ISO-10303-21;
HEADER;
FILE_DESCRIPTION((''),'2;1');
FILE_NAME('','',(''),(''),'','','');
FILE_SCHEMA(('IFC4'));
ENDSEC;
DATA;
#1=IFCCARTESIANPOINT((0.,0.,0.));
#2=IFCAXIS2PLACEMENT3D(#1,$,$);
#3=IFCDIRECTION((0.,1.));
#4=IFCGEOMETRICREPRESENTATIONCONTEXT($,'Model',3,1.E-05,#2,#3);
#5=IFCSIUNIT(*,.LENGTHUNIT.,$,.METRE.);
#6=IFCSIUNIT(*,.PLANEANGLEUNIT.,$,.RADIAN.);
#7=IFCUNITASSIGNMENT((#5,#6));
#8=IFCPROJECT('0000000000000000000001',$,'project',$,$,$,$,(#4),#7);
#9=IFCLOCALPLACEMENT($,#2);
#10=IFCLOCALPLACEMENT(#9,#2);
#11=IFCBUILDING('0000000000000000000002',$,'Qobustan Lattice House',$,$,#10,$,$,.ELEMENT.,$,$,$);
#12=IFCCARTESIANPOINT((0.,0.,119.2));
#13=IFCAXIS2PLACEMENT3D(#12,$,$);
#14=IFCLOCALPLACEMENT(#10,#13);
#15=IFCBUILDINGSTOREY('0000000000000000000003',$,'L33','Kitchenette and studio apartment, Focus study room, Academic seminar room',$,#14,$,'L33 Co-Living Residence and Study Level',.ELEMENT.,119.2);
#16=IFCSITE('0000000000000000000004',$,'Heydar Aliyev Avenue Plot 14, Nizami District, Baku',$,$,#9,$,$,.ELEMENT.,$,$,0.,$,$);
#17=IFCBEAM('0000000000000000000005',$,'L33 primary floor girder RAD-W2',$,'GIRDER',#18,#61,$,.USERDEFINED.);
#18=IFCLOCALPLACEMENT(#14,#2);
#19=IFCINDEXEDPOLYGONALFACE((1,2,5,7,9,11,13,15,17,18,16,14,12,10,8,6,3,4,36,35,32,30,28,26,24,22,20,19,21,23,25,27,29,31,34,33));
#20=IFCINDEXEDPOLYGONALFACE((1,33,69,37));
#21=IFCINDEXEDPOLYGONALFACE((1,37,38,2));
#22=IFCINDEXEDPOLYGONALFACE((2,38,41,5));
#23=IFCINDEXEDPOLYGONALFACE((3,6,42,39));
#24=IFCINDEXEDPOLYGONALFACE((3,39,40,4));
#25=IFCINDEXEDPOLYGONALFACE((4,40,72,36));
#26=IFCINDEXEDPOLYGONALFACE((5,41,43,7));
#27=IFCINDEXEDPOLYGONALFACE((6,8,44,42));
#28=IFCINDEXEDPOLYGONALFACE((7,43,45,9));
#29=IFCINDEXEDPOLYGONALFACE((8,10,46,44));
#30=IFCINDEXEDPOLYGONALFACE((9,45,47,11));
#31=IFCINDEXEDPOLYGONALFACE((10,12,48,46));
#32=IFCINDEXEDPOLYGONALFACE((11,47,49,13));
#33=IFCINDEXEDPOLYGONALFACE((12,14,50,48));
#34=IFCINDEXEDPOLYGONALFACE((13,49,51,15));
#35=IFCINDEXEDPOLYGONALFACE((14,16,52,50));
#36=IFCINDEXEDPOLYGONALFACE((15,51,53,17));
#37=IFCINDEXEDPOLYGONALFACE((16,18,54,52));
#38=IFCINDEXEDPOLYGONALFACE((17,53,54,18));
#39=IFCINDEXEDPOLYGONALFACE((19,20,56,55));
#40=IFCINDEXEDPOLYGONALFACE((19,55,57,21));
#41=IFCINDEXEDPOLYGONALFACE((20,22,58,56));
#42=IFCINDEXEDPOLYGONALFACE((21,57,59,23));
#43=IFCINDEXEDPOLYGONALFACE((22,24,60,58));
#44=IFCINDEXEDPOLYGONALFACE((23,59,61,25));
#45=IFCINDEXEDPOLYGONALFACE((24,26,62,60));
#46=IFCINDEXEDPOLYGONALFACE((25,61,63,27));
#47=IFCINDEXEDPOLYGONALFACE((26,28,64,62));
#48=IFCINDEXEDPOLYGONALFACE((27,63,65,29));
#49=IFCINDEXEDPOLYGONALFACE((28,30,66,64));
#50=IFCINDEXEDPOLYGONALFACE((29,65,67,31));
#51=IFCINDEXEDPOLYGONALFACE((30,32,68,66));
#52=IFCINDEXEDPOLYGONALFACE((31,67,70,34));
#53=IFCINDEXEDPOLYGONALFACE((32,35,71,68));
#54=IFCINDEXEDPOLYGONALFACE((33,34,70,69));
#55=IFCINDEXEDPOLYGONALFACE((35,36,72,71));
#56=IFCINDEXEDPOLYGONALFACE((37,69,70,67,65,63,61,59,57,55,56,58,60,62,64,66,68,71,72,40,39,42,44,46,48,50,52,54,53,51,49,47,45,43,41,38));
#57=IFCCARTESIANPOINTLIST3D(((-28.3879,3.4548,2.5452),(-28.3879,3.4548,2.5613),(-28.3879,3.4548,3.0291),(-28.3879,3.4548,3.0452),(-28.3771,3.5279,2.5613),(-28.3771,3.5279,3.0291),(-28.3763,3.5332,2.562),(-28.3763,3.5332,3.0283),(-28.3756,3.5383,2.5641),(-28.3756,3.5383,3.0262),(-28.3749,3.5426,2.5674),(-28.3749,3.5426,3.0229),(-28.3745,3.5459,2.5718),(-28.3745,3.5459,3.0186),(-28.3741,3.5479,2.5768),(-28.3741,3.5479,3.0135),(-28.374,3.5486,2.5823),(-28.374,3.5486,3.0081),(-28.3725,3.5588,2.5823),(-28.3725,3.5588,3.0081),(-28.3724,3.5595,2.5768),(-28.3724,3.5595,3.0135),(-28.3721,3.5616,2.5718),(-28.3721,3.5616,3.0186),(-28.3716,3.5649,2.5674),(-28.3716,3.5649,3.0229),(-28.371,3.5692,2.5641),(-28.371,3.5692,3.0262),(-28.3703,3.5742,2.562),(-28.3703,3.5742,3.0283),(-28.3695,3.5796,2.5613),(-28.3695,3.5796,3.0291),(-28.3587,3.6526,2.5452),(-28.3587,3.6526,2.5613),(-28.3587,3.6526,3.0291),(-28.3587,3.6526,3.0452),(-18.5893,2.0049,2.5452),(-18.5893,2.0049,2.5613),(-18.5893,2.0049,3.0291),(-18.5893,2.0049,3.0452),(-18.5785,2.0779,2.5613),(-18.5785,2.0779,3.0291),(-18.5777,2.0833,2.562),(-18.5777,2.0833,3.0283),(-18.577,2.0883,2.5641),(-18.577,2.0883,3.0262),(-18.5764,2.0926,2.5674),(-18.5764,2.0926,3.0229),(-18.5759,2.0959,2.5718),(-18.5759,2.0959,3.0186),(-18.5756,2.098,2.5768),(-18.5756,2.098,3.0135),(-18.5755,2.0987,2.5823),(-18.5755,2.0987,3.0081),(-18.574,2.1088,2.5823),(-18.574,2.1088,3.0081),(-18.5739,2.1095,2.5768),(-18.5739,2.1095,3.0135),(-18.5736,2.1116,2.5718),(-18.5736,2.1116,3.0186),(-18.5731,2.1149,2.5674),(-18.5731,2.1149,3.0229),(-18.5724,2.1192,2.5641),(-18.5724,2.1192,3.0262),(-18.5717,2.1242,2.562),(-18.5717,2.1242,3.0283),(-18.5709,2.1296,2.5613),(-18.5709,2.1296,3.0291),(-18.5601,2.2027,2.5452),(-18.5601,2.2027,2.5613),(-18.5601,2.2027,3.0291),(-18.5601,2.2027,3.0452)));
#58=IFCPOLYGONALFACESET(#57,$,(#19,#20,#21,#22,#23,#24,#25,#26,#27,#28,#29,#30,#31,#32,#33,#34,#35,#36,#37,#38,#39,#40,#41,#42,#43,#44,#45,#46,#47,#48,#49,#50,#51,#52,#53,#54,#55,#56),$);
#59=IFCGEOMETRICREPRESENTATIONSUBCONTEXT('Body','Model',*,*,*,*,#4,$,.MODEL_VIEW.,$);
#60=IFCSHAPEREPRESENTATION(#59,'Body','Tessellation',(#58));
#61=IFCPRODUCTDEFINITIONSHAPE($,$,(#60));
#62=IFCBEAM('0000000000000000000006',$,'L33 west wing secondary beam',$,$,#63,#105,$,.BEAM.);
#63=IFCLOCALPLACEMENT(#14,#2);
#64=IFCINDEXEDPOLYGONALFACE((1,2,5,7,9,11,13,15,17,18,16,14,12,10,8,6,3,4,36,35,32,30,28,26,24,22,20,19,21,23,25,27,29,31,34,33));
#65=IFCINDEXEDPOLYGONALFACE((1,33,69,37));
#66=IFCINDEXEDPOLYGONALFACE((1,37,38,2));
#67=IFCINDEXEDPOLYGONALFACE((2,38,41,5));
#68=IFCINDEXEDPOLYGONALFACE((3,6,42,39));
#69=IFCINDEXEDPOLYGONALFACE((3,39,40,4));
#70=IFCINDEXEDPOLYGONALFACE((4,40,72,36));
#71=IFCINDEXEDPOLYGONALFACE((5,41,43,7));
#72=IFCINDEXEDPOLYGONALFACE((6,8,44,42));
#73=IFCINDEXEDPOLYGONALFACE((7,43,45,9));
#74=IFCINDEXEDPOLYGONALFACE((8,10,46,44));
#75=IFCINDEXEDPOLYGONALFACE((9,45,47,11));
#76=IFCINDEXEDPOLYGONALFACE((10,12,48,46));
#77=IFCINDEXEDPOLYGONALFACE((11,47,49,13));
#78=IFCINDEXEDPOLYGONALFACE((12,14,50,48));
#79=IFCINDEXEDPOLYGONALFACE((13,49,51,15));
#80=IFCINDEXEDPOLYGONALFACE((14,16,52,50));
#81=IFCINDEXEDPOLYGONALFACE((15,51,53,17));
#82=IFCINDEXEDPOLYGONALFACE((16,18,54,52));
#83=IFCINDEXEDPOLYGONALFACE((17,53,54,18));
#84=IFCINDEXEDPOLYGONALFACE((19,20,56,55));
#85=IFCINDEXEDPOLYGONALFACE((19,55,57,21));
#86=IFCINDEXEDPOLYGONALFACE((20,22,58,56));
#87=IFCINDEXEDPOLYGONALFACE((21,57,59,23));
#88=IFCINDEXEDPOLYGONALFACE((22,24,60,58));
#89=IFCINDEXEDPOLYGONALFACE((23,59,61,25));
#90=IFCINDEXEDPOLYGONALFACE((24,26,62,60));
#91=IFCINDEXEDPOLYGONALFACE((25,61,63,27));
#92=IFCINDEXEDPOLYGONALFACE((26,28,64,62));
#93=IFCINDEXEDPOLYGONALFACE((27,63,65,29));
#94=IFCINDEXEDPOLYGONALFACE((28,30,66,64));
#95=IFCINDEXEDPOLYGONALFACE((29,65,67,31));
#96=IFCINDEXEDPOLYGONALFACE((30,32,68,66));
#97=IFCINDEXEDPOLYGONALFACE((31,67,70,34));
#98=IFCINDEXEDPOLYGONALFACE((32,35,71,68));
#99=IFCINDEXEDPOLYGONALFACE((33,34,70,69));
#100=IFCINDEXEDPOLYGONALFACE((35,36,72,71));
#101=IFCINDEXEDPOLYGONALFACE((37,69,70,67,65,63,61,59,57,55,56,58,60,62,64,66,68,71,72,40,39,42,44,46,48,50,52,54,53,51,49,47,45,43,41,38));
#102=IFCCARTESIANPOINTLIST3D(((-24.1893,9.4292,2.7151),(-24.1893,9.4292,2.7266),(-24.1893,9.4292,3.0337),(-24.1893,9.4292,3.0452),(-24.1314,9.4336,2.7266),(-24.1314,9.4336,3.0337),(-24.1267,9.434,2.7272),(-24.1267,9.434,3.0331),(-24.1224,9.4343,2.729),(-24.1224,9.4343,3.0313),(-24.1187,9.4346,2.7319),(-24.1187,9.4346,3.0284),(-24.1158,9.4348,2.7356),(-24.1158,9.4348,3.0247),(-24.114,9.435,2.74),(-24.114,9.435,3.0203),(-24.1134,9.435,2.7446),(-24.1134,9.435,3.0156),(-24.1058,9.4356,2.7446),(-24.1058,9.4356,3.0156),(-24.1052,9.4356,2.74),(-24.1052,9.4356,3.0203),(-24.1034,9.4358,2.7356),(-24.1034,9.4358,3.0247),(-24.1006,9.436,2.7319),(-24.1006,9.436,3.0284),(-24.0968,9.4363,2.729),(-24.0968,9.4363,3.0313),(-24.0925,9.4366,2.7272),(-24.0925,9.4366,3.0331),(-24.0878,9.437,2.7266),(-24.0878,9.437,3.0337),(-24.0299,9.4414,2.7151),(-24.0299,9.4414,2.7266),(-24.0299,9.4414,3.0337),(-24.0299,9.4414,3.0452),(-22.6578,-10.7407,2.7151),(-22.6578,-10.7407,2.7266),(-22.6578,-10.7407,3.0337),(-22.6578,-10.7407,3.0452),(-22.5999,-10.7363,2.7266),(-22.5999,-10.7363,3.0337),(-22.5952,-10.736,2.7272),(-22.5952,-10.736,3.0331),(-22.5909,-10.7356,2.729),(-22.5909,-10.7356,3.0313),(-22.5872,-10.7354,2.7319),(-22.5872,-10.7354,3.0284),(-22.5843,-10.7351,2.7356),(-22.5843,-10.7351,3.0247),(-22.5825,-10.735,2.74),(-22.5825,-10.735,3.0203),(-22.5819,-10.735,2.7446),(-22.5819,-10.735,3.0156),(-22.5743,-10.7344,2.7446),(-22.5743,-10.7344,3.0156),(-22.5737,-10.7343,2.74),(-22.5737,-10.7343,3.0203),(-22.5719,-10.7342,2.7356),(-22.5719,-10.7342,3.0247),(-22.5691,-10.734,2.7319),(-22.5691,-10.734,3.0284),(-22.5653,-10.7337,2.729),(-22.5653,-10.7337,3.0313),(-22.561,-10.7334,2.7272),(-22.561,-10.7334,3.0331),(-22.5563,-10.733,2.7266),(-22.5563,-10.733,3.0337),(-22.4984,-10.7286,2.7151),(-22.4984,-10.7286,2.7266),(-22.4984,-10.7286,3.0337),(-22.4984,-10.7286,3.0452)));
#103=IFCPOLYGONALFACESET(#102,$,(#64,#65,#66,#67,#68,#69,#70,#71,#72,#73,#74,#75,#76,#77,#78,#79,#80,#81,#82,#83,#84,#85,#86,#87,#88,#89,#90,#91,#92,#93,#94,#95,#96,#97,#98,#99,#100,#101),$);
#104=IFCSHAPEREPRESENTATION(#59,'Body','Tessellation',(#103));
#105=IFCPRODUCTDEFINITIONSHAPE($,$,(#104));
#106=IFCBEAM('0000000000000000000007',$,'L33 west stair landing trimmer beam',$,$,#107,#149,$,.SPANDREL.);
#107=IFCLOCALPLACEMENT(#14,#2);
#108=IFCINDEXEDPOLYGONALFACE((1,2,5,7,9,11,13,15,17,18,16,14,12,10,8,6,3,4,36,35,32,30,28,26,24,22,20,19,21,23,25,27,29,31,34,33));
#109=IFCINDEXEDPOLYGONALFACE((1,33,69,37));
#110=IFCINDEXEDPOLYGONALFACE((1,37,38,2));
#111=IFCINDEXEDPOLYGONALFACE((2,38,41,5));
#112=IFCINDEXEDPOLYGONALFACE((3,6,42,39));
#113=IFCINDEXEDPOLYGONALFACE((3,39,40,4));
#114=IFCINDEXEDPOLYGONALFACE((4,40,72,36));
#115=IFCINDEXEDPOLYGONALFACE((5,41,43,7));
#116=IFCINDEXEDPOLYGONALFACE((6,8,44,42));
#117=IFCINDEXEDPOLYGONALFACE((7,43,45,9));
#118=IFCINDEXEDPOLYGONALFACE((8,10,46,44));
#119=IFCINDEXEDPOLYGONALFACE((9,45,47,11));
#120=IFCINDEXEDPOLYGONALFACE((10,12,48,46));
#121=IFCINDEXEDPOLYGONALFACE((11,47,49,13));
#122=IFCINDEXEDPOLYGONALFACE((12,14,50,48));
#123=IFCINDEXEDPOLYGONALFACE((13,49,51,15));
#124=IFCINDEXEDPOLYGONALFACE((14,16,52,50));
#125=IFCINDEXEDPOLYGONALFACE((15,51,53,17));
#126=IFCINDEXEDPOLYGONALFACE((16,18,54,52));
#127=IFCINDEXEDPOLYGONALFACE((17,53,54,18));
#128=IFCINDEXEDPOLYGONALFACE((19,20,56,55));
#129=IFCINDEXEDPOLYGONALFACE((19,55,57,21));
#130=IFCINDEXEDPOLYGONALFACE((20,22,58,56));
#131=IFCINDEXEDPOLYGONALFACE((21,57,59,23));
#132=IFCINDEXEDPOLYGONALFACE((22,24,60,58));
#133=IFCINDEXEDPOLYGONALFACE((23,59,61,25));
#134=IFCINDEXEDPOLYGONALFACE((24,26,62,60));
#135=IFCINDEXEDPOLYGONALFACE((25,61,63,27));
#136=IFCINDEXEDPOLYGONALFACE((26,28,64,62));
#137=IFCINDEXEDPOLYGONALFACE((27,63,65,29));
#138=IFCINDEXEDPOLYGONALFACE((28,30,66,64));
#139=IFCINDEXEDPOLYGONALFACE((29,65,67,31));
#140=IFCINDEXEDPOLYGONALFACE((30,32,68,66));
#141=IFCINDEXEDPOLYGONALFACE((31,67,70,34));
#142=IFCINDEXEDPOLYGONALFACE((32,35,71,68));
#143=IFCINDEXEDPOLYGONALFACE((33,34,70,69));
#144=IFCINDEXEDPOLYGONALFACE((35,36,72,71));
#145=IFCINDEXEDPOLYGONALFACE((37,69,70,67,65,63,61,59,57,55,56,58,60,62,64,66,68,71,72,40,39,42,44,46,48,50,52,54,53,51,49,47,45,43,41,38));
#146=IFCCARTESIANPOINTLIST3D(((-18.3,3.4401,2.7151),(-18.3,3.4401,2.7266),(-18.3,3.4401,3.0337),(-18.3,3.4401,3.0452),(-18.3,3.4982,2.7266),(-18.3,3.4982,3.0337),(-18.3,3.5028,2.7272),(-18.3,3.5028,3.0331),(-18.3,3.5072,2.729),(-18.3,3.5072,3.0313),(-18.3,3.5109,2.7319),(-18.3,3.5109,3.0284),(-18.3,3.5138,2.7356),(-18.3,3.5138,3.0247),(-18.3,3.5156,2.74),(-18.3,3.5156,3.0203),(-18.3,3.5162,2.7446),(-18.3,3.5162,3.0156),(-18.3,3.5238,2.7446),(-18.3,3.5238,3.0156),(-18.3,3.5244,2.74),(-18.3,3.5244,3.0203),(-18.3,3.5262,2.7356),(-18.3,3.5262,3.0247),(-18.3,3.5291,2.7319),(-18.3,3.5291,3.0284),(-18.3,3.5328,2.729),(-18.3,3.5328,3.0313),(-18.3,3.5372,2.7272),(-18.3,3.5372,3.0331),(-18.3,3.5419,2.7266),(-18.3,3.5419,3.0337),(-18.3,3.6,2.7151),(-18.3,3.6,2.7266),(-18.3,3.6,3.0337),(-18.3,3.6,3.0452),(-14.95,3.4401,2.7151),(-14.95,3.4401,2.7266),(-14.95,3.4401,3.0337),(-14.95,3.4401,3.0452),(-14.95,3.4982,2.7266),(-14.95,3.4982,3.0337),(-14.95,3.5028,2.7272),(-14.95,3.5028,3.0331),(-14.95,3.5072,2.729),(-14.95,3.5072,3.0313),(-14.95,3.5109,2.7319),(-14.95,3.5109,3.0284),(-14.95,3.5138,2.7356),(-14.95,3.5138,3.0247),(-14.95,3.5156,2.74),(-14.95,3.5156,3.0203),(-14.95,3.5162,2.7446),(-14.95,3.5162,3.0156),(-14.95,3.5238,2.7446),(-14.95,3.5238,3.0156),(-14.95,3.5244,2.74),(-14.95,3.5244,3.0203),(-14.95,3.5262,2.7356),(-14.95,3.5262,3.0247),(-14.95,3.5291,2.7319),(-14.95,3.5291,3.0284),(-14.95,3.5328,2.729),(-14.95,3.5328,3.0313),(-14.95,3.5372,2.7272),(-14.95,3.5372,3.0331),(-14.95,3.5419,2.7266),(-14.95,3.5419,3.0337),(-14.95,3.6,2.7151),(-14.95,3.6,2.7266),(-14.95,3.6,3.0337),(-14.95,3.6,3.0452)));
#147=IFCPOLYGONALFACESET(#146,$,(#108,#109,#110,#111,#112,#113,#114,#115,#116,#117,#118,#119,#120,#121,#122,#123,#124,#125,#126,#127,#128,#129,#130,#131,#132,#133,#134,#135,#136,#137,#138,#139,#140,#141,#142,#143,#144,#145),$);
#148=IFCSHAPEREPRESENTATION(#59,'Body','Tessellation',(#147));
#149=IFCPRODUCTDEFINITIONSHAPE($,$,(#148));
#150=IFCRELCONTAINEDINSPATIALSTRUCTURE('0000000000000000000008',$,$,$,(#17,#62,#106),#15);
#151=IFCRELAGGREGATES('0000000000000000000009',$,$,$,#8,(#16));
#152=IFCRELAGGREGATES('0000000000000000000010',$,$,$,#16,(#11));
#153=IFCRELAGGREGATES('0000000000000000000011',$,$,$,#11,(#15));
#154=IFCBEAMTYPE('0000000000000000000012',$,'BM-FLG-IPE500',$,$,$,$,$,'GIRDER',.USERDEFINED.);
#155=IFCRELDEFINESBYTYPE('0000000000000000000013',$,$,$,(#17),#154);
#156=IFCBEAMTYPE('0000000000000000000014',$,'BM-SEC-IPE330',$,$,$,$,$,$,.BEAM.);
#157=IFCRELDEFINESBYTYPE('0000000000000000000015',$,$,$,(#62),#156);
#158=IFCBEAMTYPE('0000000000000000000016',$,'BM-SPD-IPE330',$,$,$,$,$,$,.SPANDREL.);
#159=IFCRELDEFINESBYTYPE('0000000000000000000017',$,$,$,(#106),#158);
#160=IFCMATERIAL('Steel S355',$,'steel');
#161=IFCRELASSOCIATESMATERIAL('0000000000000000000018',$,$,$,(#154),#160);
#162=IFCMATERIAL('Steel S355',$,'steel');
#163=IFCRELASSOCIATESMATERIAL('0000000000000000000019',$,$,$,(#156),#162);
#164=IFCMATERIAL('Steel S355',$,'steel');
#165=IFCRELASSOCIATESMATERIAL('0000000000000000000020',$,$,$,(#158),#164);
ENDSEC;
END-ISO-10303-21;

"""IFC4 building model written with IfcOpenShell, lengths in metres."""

from ifc_helpers import new_model, si_unit, direction, frame, origin, origin_2d, place, context, subcontext, project, spatial, i_section, extrude, material, material_profile, profile_set, type_object, element, save


model = new_model("IFC4")

# Units and contexts
model_context = context("Model", 3, precision=1e-05, world=origin(), true_north=direction((0.0, 1.0)))
body_context = subcontext(model_context, "Body", "Model", "MODEL_VIEW")
ifc_project = project(units=[si_unit("LENGTHUNIT", "METRE"), si_unit("PLANEANGLEUNIT", "RADIAN")], contexts=[model_context])

# Site, building, storey
site_placement = place(None, origin())
site = spatial("IfcSite", under=ifc_project, at=site_placement, Name="Heydar Aliyev Avenue Plot 14, Nizami District, Baku", CompositionType="ELEMENT", RefElevation=0.0)
building_placement = place(site_placement, origin())
building = spatial("IfcBuilding", under=site, at=building_placement, Name="Qobustan Lattice House", CompositionType="ELEMENT")
storey_placement = place(building_placement, frame((0.0, 0.0, 119.2)))
storey = spatial("IfcBuildingStorey", under=building, at=storey_placement, Name="L33", Description="Kitchenette and studio apartment, Focus study room, Academic seminar room", LongName="L33 Co-Living Residence and Study Level", CompositionType="ELEMENT", Elevation=119.2)

# Beams
ifc_material_1 = material(Name="Steel S355", Category="steel")
ifc_material_profile_1 = material_profile(ifc_material_1, i_section(OverallWidth=0.2, OverallDepth=0.5, WebThickness=0.0103, FlangeThickness=0.0161, FilletRadius=0.021, at=origin_2d()), Name="IPE500")
ifc_profile_set_1 = profile_set([ifc_material_profile_1], Name="Steel S355")
beam_type_1 = type_object("IfcBeamType", Name="BM-FLG-IPE500", ElementType="GIRDER", PredefinedType="USERDEFINED", material=ifc_profile_set_1)
beam_1_placement = place(storey_placement, frame((-28.3733, 3.5537, 2.7952), z_axis=(0.989228, -0.146382, 0.0), x_axis=(0.146382, 0.989228, 0.0)))
element("IfcBeam", 1, at=beam_1_placement, inside=storey, type_object=beam_type_1, Name="L33 primary floor girder RAD-W2", ObjectType="GIRDER", PredefinedType="USERDEFINED", context=body_context, shape_type="SweptSolid", body=[
    extrude(i_section(OverallWidth=0.2, OverallDepth=0.5, WebThickness=0.0103, FlangeThickness=0.0161, FilletRadius=0.021, at=origin_2d()), origin(), (0.0, 0.0, 1.0), 9.9053),
])
ifc_material_2 = material(Name="Steel S355", Category="steel")
ifc_material_profile_2 = material_profile(ifc_material_2, i_section(OverallWidth=0.1599, OverallDepth=0.3301, WebThickness=0.0076, FlangeThickness=0.0115, FilletRadius=0.0181, at=origin_2d()), Name="IPE330")
ifc_profile_set_2 = profile_set([ifc_material_profile_2], Name="Steel S355")
beam_type_2 = type_object("IfcBeamType", Name="BM-SEC-IPE330", PredefinedType="BEAM", material=ifc_profile_set_2)
beam_2_placement = place(storey_placement, frame((-24.1096, 9.4353, 2.8801), z_axis=(0.075712, -0.99713, 0.0), x_axis=(0.99713, 0.075712, 0.0)))
element("IfcBeam", 2, at=beam_2_placement, inside=storey, type_object=beam_type_2, Name="L33 west wing secondary beam", PredefinedType="BEAM", context=body_context, shape_type="SweptSolid", body=[
    extrude(i_section(OverallWidth=0.1599, OverallDepth=0.3301, WebThickness=0.0076, FlangeThickness=0.0115, FilletRadius=0.0181, at=origin_2d()), origin(), (0.0, 0.0, 1.0), 20.228),
])
ifc_material_3 = material(Name="Steel S355", Category="steel")
ifc_material_profile_3 = material_profile(ifc_material_3, i_section(OverallWidth=0.1599, OverallDepth=0.3301, WebThickness=0.0076, FlangeThickness=0.0115, FilletRadius=0.0181, at=origin_2d()), Name="IPE330")
ifc_profile_set_3 = profile_set([ifc_material_profile_3], Name="Steel S355")
beam_type_3 = type_object("IfcBeamType", Name="BM-SPD-IPE330", PredefinedType="SPANDREL", material=ifc_profile_set_3)
beam_3_placement = place(storey_placement, frame((-18.3, 3.52, 2.8801), z_axis=(1.0, 0.0, 0.0), x_axis=(0.0, 1.0, 0.0)))
element("IfcBeam", 3, at=beam_3_placement, inside=storey, type_object=beam_type_3, Name="L33 west stair landing trimmer beam", PredefinedType="SPANDREL", context=body_context, shape_type="SweptSolid", body=[
    extrude(i_section(OverallWidth=0.1599, OverallDepth=0.3301, WebThickness=0.0076, FlangeThickness=0.0115, FilletRadius=0.0181, at=origin_2d()), origin(), (0.0, 0.0, 1.0), 3.3501),
])

save(model, "model.ifc")
